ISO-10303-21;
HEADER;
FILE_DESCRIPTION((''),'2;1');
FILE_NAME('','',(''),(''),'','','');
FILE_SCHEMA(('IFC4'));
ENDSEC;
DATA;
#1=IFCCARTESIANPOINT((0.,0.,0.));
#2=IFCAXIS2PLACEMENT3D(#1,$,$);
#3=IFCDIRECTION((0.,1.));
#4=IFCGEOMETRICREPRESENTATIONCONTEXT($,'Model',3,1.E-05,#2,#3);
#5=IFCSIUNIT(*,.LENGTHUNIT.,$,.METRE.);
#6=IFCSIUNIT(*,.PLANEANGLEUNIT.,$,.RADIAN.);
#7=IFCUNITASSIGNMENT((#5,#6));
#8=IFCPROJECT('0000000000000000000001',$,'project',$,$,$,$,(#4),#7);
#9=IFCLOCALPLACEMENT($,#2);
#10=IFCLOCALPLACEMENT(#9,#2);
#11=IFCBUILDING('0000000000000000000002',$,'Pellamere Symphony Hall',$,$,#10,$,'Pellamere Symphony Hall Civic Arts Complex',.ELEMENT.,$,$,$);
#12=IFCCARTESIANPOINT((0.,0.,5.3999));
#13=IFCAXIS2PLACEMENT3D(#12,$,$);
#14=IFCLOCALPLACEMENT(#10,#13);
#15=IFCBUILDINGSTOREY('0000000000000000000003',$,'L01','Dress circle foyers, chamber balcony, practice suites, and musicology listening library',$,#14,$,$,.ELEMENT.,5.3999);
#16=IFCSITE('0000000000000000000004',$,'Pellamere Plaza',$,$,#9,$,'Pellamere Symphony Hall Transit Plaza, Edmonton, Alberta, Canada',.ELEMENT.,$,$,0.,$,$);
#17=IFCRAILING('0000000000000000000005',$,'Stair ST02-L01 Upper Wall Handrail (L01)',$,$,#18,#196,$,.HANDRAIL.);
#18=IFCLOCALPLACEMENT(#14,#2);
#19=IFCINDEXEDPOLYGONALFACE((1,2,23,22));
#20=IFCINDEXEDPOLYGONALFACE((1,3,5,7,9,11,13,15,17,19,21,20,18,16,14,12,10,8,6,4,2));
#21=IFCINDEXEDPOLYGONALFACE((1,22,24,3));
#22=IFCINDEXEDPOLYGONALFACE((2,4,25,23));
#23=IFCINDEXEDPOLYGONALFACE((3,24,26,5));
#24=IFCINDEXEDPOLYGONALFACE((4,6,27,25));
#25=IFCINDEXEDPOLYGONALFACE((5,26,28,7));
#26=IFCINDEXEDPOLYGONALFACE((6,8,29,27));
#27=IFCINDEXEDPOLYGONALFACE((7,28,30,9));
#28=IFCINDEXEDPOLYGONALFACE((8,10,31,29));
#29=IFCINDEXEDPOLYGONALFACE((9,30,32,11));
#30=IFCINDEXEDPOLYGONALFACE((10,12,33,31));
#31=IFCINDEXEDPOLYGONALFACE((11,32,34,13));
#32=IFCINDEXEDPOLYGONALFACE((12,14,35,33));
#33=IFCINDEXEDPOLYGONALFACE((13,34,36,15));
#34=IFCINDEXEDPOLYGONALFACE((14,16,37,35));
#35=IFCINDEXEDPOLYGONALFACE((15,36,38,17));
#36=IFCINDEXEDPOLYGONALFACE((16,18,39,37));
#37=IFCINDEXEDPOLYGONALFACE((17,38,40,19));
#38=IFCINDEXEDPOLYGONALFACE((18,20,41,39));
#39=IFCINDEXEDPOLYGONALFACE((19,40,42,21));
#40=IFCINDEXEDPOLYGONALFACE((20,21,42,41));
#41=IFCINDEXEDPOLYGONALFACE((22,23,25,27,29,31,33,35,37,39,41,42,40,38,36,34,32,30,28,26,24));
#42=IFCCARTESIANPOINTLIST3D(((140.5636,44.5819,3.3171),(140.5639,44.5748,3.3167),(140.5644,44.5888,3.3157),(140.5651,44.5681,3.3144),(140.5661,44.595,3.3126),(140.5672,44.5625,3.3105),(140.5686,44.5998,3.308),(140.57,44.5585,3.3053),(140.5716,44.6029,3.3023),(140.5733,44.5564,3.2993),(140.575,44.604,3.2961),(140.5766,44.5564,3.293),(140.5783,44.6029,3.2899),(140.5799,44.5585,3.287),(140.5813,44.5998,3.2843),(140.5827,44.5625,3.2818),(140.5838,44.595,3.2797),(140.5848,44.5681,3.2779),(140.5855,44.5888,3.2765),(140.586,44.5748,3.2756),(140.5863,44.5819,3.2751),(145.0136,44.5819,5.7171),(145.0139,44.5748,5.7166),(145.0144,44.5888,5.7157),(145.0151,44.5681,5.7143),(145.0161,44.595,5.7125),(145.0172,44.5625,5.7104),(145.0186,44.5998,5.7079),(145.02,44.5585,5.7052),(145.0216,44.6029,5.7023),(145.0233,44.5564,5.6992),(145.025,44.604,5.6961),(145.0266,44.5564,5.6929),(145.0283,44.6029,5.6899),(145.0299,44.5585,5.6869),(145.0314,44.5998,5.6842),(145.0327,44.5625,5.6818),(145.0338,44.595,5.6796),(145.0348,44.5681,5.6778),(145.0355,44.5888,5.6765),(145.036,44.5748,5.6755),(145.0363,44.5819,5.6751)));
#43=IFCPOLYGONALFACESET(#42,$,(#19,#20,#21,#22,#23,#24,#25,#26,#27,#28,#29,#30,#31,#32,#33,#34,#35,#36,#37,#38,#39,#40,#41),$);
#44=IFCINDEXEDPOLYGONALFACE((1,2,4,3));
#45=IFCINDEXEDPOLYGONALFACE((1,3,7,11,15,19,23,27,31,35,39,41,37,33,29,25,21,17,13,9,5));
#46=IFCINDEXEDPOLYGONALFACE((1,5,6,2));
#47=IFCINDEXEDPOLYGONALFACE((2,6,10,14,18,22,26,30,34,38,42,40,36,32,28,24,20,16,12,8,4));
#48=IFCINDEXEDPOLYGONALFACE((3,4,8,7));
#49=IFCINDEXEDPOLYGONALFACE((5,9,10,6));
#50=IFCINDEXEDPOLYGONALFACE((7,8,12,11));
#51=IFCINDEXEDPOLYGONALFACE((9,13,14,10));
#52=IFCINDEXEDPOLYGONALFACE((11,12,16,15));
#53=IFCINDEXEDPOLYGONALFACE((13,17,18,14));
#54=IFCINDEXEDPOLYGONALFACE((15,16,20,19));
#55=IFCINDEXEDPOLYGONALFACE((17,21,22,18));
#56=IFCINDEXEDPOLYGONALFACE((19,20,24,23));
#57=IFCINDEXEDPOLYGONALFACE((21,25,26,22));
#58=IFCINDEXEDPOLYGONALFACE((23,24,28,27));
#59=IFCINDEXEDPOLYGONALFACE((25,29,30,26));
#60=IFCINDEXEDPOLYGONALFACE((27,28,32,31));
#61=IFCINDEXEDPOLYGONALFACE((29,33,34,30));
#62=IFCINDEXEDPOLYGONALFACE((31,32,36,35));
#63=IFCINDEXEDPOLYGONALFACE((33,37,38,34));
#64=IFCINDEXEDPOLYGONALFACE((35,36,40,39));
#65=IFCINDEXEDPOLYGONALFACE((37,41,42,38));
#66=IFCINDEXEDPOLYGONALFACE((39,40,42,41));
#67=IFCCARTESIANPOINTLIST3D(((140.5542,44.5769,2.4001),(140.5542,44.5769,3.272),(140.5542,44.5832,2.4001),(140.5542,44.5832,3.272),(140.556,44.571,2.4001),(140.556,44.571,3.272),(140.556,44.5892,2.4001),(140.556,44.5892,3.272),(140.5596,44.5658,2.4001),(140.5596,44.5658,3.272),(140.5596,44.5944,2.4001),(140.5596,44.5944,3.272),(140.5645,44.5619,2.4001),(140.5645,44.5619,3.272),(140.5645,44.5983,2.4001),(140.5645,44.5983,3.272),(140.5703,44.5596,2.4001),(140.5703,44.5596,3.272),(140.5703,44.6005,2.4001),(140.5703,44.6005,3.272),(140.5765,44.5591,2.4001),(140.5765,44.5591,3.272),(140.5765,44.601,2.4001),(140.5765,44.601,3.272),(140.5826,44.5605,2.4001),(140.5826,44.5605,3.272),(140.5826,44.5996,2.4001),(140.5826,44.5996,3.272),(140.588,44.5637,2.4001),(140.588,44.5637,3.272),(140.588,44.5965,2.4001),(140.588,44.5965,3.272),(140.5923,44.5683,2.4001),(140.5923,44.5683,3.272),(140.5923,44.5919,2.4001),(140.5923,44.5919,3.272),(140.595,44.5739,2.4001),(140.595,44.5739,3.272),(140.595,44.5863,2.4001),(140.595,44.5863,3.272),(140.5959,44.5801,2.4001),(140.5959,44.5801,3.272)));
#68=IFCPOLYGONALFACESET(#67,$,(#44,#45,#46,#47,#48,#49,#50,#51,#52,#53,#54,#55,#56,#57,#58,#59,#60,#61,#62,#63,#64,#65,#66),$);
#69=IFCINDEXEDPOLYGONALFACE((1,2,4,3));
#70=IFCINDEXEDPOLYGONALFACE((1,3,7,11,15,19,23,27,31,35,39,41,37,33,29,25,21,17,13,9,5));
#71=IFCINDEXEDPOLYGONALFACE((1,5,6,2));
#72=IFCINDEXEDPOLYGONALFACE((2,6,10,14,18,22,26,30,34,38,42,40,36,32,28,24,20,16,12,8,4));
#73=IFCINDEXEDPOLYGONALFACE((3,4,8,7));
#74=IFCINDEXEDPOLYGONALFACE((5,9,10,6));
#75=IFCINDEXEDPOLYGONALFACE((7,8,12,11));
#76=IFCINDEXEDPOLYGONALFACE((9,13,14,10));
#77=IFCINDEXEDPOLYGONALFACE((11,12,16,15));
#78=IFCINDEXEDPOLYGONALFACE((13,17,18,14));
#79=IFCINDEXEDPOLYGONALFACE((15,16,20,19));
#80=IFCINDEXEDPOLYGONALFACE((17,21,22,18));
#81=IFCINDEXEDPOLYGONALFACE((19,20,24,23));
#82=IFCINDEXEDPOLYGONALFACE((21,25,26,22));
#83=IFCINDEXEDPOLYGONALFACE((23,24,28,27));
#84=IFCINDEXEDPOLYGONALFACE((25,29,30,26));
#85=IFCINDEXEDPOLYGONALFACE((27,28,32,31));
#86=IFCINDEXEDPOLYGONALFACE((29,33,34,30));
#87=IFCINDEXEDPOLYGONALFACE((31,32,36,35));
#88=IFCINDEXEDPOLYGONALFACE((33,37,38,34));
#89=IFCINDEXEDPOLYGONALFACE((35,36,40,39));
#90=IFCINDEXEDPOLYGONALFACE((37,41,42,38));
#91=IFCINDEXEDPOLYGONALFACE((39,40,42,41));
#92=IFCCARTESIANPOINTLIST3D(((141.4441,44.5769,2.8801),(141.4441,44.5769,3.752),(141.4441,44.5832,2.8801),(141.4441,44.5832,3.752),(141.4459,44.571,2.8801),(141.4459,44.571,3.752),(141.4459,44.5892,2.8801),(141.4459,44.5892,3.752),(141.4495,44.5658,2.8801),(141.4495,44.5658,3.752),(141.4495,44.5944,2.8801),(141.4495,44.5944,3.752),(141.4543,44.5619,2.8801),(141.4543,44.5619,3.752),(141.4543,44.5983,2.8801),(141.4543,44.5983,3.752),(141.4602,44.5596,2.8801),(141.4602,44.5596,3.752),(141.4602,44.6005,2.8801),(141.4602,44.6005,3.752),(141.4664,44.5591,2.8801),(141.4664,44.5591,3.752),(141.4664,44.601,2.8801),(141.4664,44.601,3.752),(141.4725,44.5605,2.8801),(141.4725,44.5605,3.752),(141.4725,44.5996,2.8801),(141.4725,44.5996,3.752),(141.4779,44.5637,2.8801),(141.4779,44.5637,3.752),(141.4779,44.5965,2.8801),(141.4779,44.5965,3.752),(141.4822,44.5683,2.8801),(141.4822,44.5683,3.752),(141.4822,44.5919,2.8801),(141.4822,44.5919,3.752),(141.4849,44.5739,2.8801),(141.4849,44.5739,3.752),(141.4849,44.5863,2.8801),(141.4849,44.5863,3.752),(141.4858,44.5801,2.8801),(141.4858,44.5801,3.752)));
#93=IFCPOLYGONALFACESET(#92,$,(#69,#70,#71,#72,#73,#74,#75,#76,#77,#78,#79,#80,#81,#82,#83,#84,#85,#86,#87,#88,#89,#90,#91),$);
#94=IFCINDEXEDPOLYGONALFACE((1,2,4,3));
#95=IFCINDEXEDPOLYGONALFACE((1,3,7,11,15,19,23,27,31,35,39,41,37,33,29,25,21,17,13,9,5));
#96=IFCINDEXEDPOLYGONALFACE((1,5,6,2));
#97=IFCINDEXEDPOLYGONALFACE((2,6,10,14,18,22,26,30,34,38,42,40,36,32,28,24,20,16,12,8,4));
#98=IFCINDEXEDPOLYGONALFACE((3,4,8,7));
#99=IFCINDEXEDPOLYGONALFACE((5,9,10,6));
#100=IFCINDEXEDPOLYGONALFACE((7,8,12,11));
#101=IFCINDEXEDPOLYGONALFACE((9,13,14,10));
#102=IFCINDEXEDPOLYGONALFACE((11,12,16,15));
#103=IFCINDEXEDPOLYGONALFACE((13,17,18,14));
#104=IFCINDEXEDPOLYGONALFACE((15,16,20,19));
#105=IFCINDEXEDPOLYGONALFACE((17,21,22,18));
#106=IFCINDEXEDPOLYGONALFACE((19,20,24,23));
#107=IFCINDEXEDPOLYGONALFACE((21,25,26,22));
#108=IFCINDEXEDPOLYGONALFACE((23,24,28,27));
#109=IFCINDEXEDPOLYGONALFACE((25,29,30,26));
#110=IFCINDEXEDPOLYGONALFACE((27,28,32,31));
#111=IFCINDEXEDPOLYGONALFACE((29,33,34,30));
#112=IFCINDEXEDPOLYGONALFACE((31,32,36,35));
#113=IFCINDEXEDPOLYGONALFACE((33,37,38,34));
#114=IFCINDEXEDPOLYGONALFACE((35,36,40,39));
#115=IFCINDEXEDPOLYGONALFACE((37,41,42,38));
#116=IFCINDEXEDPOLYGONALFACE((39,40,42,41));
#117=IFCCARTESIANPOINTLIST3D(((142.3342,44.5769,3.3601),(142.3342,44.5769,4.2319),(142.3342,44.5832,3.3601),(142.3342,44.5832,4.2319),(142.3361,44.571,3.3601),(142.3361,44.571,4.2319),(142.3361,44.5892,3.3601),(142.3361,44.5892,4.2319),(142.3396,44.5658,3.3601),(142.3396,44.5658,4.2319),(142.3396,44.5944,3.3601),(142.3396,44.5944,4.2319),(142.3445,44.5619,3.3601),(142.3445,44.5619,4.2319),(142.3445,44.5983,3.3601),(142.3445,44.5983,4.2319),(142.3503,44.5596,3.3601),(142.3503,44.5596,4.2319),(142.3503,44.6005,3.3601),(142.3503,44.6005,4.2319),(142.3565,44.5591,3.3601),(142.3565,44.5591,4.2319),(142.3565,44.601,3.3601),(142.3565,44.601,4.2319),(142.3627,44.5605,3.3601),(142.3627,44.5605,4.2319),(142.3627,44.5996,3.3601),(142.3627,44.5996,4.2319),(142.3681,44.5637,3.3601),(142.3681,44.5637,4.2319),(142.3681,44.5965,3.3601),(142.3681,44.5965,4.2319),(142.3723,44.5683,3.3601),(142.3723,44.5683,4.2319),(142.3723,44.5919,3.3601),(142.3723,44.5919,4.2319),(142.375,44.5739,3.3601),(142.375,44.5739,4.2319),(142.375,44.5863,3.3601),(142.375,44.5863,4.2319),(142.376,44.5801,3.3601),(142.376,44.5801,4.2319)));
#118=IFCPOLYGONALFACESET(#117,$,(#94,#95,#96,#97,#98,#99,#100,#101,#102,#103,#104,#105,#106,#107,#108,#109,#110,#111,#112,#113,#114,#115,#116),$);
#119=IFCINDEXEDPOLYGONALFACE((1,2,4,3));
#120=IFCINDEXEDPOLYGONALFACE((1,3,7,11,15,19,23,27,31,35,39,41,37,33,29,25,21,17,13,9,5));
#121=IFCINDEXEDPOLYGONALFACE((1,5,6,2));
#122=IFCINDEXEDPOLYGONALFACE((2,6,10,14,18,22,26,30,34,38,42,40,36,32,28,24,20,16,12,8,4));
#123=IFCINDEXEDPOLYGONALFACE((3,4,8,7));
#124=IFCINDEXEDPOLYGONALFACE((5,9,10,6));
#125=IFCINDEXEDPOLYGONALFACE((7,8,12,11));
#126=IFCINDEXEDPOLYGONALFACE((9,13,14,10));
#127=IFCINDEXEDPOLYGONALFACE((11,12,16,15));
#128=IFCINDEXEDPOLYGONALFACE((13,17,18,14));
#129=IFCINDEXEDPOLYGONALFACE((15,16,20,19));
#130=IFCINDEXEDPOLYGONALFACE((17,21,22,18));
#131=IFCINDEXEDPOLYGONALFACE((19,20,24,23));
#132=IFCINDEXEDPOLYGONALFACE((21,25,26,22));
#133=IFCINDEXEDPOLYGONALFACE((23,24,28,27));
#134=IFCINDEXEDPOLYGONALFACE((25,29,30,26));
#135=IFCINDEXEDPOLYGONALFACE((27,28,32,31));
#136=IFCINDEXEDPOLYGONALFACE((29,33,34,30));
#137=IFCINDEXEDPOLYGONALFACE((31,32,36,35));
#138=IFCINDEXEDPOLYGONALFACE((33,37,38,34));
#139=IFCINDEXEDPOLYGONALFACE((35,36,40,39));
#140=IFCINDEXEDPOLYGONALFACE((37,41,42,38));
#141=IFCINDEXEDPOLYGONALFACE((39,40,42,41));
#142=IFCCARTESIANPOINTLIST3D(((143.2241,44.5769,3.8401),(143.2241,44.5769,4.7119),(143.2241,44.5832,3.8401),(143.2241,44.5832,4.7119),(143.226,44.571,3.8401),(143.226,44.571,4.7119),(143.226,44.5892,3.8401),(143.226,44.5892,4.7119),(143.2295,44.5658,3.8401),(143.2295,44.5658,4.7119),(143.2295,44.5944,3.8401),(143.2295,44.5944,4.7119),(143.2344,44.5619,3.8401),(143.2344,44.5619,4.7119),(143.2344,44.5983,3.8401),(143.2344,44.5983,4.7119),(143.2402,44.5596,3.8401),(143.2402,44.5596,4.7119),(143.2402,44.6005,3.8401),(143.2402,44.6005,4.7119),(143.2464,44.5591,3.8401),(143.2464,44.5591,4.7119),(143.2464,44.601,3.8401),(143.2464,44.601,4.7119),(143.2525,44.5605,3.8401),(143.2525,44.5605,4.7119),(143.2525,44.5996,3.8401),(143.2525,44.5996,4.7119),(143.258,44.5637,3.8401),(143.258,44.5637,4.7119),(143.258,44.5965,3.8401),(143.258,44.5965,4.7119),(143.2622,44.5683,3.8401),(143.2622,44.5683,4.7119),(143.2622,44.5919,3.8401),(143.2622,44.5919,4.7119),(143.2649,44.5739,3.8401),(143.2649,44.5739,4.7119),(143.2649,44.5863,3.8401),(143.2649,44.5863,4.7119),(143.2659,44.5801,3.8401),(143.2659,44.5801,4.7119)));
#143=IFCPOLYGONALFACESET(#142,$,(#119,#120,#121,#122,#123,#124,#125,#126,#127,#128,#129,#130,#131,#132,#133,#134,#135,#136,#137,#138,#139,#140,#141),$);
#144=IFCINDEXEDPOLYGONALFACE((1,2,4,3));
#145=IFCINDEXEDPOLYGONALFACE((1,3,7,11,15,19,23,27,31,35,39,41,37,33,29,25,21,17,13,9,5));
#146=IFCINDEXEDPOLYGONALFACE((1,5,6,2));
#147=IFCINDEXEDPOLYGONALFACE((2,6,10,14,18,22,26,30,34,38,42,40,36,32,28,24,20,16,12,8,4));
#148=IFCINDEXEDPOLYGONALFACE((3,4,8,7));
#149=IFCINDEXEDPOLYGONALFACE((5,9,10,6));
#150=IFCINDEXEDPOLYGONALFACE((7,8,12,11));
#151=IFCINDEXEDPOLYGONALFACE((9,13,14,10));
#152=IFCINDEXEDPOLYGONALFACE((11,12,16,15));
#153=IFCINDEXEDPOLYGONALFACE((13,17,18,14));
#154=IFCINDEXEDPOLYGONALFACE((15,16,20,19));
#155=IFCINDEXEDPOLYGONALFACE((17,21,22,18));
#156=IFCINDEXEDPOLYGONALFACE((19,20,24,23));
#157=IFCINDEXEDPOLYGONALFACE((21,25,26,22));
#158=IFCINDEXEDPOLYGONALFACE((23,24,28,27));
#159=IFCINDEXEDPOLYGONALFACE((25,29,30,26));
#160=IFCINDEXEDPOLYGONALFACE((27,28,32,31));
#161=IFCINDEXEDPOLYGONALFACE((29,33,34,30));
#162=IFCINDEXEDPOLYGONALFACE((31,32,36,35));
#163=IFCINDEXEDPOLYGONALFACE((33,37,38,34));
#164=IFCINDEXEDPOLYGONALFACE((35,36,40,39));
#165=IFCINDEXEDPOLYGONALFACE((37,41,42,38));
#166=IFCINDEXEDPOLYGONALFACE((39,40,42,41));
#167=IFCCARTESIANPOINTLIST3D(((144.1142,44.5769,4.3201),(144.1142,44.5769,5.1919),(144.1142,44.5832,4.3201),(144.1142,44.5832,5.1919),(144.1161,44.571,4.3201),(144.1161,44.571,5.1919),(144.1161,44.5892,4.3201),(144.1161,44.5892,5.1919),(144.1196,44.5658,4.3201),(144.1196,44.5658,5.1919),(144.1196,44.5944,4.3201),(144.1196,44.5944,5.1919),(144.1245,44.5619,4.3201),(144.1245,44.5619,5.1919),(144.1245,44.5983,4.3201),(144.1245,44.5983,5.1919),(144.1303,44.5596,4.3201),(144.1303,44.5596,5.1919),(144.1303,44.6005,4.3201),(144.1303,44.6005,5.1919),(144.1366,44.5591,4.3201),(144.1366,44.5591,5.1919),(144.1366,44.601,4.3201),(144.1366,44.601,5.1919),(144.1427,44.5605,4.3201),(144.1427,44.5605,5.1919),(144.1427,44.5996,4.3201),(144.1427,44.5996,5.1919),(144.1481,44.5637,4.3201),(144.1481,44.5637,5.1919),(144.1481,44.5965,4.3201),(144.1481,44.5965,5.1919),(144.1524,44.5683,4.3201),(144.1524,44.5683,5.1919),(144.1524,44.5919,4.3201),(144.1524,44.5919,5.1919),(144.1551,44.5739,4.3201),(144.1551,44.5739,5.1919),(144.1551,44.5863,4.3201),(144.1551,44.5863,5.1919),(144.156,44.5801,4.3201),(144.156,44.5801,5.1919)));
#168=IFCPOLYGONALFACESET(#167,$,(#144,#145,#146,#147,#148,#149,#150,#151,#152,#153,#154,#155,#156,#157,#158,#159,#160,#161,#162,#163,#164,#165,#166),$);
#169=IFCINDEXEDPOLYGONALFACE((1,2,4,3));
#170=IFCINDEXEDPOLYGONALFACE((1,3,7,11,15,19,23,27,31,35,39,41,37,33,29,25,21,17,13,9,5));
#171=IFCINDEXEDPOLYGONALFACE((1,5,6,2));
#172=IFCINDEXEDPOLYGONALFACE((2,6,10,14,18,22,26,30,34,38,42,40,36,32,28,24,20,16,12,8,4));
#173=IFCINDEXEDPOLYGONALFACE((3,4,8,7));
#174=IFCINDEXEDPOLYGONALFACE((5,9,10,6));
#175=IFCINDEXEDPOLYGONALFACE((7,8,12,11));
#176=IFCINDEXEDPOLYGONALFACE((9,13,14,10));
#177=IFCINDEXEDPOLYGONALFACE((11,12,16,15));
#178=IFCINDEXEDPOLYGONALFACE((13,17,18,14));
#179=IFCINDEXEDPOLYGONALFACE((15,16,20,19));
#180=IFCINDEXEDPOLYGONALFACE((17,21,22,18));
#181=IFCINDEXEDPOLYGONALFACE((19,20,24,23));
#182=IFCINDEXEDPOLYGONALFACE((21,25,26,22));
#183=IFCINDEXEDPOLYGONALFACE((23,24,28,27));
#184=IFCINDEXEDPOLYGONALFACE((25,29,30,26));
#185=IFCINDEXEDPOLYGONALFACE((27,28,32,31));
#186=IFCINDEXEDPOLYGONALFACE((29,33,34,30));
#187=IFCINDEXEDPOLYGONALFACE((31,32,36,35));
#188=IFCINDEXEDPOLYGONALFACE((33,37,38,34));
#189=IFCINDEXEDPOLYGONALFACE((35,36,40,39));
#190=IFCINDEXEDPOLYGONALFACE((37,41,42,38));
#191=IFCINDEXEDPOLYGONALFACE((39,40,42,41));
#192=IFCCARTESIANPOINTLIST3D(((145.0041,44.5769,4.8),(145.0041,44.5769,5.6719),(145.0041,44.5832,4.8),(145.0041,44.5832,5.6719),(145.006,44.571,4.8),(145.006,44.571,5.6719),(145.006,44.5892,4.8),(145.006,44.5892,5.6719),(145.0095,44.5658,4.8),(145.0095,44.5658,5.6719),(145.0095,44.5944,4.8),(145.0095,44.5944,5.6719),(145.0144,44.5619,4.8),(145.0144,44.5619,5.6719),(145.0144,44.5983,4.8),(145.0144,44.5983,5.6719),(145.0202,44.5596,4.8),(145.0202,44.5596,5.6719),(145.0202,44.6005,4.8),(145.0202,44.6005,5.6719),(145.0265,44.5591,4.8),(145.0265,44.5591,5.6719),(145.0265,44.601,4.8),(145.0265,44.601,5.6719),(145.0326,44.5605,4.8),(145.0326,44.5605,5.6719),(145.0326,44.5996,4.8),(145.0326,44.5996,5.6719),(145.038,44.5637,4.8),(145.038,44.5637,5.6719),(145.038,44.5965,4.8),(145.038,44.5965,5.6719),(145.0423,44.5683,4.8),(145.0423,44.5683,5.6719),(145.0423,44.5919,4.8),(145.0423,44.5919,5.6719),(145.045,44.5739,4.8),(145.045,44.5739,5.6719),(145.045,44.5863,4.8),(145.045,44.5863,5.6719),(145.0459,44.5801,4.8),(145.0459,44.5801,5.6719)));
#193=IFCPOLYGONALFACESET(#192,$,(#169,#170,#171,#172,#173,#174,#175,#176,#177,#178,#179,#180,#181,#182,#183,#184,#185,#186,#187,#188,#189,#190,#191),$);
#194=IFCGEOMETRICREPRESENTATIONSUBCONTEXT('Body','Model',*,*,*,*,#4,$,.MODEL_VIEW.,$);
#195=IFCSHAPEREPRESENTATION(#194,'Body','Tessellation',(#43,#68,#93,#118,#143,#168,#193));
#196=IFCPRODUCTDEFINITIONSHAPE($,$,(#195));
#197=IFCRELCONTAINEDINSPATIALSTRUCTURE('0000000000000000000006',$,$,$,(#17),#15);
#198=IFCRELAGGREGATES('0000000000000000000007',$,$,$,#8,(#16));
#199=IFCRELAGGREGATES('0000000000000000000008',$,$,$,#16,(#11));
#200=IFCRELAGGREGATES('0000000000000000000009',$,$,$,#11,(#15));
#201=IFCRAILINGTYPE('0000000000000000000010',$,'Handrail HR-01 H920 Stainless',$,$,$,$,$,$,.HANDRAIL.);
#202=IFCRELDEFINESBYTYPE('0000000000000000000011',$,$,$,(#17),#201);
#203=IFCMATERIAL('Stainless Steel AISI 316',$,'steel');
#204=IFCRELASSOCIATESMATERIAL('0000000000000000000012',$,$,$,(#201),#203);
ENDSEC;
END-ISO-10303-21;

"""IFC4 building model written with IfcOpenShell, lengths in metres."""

from ifc_helpers import new_model, si_unit, direction, frame, origin, origin_2d, place, context, subcontext, project, spatial, circle, extrude, material, type_object, element, save


model = new_model("IFC4")

# Units and contexts
model_context = context("Model", 3, precision=1e-05, world=origin(), true_north=direction((0.0, 1.0)))
body_context = subcontext(model_context, "Body", "Model", "MODEL_VIEW")
ifc_project = project(units=[si_unit("LENGTHUNIT", "METRE"), si_unit("PLANEANGLEUNIT", "RADIAN")], contexts=[model_context])

# Site, building, storey
site_placement = place(None, origin())
site = spatial("IfcSite", under=ifc_project, at=site_placement, Name="Pellamere Plaza", LongName="Pellamere Symphony Hall Transit Plaza, Edmonton, Alberta, Canada", CompositionType="ELEMENT", RefElevation=0.0)
building_placement = place(site_placement, origin())
building = spatial("IfcBuilding", under=site, at=building_placement, Name="Pellamere Symphony Hall", LongName="Pellamere Symphony Hall Civic Arts Complex", CompositionType="ELEMENT")
storey_placement = place(building_placement, frame((0.0, 0.0, 5.3999)))
storey = spatial("IfcBuildingStorey", under=building, at=storey_placement, Name="L01", Description="Dress circle foyers, chamber balcony, practice suites, and musicology listening library", CompositionType="ELEMENT", Elevation=5.3999)

# Railing
ifc_material_1 = material(Name="Stainless Steel AISI 316", Category="steel")
railing_type_1 = type_object("IfcRailingType", Name="Handrail HR-01 H920 Stainless", PredefinedType="HANDRAIL", material=ifc_material_1)
railing_1_placement = place(storey_placement, frame((140.575, 44.5801, 2.4001)))
element("IfcRailing", 1, at=railing_1_placement, inside=storey, type_object=railing_type_1, Name="Stair ST02-L01 Upper Wall Handrail (L01)", PredefinedType="HANDRAIL", context=body_context, shape_type="SweptSolid", body=[
    extrude(circle(Radius=0.0239, at=origin_2d()), frame((0.0, 0.0, 0.896), z_axis=(0.880159, 0.0, 0.474679), x_axis=(0.0, 1.0, 0.0)), (0.0, 0.0, 1.0), 5.0559),
    extrude(circle(Radius=0.021, at=origin_2d()), origin(), (0.0, 0.0, 1.0), 0.8718),
    extrude(circle(Radius=0.021, at=origin_2d()), frame((0.8899, 0.0, 0.48)), (0.0, 0.0, 1.0), 0.8718),
    extrude(circle(Radius=0.021, at=origin_2d()), frame((1.78, 0.0, 0.96)), (0.0, 0.0, 1.0), 0.8718),
    extrude(circle(Radius=0.021, at=origin_2d()), frame((2.6699, 0.0, 1.4399)), (0.0, 0.0, 1.0), 0.8718),
    extrude(circle(Radius=0.021, at=origin_2d()), frame((3.5601, 0.0, 1.9199)), (0.0, 0.0, 1.0), 0.8718),
    extrude(circle(Radius=0.021, at=origin_2d()), frame((4.45, 0.0, 2.3999)), (0.0, 0.0, 1.0), 0.8718),
])

save(model, "model.ifc")
